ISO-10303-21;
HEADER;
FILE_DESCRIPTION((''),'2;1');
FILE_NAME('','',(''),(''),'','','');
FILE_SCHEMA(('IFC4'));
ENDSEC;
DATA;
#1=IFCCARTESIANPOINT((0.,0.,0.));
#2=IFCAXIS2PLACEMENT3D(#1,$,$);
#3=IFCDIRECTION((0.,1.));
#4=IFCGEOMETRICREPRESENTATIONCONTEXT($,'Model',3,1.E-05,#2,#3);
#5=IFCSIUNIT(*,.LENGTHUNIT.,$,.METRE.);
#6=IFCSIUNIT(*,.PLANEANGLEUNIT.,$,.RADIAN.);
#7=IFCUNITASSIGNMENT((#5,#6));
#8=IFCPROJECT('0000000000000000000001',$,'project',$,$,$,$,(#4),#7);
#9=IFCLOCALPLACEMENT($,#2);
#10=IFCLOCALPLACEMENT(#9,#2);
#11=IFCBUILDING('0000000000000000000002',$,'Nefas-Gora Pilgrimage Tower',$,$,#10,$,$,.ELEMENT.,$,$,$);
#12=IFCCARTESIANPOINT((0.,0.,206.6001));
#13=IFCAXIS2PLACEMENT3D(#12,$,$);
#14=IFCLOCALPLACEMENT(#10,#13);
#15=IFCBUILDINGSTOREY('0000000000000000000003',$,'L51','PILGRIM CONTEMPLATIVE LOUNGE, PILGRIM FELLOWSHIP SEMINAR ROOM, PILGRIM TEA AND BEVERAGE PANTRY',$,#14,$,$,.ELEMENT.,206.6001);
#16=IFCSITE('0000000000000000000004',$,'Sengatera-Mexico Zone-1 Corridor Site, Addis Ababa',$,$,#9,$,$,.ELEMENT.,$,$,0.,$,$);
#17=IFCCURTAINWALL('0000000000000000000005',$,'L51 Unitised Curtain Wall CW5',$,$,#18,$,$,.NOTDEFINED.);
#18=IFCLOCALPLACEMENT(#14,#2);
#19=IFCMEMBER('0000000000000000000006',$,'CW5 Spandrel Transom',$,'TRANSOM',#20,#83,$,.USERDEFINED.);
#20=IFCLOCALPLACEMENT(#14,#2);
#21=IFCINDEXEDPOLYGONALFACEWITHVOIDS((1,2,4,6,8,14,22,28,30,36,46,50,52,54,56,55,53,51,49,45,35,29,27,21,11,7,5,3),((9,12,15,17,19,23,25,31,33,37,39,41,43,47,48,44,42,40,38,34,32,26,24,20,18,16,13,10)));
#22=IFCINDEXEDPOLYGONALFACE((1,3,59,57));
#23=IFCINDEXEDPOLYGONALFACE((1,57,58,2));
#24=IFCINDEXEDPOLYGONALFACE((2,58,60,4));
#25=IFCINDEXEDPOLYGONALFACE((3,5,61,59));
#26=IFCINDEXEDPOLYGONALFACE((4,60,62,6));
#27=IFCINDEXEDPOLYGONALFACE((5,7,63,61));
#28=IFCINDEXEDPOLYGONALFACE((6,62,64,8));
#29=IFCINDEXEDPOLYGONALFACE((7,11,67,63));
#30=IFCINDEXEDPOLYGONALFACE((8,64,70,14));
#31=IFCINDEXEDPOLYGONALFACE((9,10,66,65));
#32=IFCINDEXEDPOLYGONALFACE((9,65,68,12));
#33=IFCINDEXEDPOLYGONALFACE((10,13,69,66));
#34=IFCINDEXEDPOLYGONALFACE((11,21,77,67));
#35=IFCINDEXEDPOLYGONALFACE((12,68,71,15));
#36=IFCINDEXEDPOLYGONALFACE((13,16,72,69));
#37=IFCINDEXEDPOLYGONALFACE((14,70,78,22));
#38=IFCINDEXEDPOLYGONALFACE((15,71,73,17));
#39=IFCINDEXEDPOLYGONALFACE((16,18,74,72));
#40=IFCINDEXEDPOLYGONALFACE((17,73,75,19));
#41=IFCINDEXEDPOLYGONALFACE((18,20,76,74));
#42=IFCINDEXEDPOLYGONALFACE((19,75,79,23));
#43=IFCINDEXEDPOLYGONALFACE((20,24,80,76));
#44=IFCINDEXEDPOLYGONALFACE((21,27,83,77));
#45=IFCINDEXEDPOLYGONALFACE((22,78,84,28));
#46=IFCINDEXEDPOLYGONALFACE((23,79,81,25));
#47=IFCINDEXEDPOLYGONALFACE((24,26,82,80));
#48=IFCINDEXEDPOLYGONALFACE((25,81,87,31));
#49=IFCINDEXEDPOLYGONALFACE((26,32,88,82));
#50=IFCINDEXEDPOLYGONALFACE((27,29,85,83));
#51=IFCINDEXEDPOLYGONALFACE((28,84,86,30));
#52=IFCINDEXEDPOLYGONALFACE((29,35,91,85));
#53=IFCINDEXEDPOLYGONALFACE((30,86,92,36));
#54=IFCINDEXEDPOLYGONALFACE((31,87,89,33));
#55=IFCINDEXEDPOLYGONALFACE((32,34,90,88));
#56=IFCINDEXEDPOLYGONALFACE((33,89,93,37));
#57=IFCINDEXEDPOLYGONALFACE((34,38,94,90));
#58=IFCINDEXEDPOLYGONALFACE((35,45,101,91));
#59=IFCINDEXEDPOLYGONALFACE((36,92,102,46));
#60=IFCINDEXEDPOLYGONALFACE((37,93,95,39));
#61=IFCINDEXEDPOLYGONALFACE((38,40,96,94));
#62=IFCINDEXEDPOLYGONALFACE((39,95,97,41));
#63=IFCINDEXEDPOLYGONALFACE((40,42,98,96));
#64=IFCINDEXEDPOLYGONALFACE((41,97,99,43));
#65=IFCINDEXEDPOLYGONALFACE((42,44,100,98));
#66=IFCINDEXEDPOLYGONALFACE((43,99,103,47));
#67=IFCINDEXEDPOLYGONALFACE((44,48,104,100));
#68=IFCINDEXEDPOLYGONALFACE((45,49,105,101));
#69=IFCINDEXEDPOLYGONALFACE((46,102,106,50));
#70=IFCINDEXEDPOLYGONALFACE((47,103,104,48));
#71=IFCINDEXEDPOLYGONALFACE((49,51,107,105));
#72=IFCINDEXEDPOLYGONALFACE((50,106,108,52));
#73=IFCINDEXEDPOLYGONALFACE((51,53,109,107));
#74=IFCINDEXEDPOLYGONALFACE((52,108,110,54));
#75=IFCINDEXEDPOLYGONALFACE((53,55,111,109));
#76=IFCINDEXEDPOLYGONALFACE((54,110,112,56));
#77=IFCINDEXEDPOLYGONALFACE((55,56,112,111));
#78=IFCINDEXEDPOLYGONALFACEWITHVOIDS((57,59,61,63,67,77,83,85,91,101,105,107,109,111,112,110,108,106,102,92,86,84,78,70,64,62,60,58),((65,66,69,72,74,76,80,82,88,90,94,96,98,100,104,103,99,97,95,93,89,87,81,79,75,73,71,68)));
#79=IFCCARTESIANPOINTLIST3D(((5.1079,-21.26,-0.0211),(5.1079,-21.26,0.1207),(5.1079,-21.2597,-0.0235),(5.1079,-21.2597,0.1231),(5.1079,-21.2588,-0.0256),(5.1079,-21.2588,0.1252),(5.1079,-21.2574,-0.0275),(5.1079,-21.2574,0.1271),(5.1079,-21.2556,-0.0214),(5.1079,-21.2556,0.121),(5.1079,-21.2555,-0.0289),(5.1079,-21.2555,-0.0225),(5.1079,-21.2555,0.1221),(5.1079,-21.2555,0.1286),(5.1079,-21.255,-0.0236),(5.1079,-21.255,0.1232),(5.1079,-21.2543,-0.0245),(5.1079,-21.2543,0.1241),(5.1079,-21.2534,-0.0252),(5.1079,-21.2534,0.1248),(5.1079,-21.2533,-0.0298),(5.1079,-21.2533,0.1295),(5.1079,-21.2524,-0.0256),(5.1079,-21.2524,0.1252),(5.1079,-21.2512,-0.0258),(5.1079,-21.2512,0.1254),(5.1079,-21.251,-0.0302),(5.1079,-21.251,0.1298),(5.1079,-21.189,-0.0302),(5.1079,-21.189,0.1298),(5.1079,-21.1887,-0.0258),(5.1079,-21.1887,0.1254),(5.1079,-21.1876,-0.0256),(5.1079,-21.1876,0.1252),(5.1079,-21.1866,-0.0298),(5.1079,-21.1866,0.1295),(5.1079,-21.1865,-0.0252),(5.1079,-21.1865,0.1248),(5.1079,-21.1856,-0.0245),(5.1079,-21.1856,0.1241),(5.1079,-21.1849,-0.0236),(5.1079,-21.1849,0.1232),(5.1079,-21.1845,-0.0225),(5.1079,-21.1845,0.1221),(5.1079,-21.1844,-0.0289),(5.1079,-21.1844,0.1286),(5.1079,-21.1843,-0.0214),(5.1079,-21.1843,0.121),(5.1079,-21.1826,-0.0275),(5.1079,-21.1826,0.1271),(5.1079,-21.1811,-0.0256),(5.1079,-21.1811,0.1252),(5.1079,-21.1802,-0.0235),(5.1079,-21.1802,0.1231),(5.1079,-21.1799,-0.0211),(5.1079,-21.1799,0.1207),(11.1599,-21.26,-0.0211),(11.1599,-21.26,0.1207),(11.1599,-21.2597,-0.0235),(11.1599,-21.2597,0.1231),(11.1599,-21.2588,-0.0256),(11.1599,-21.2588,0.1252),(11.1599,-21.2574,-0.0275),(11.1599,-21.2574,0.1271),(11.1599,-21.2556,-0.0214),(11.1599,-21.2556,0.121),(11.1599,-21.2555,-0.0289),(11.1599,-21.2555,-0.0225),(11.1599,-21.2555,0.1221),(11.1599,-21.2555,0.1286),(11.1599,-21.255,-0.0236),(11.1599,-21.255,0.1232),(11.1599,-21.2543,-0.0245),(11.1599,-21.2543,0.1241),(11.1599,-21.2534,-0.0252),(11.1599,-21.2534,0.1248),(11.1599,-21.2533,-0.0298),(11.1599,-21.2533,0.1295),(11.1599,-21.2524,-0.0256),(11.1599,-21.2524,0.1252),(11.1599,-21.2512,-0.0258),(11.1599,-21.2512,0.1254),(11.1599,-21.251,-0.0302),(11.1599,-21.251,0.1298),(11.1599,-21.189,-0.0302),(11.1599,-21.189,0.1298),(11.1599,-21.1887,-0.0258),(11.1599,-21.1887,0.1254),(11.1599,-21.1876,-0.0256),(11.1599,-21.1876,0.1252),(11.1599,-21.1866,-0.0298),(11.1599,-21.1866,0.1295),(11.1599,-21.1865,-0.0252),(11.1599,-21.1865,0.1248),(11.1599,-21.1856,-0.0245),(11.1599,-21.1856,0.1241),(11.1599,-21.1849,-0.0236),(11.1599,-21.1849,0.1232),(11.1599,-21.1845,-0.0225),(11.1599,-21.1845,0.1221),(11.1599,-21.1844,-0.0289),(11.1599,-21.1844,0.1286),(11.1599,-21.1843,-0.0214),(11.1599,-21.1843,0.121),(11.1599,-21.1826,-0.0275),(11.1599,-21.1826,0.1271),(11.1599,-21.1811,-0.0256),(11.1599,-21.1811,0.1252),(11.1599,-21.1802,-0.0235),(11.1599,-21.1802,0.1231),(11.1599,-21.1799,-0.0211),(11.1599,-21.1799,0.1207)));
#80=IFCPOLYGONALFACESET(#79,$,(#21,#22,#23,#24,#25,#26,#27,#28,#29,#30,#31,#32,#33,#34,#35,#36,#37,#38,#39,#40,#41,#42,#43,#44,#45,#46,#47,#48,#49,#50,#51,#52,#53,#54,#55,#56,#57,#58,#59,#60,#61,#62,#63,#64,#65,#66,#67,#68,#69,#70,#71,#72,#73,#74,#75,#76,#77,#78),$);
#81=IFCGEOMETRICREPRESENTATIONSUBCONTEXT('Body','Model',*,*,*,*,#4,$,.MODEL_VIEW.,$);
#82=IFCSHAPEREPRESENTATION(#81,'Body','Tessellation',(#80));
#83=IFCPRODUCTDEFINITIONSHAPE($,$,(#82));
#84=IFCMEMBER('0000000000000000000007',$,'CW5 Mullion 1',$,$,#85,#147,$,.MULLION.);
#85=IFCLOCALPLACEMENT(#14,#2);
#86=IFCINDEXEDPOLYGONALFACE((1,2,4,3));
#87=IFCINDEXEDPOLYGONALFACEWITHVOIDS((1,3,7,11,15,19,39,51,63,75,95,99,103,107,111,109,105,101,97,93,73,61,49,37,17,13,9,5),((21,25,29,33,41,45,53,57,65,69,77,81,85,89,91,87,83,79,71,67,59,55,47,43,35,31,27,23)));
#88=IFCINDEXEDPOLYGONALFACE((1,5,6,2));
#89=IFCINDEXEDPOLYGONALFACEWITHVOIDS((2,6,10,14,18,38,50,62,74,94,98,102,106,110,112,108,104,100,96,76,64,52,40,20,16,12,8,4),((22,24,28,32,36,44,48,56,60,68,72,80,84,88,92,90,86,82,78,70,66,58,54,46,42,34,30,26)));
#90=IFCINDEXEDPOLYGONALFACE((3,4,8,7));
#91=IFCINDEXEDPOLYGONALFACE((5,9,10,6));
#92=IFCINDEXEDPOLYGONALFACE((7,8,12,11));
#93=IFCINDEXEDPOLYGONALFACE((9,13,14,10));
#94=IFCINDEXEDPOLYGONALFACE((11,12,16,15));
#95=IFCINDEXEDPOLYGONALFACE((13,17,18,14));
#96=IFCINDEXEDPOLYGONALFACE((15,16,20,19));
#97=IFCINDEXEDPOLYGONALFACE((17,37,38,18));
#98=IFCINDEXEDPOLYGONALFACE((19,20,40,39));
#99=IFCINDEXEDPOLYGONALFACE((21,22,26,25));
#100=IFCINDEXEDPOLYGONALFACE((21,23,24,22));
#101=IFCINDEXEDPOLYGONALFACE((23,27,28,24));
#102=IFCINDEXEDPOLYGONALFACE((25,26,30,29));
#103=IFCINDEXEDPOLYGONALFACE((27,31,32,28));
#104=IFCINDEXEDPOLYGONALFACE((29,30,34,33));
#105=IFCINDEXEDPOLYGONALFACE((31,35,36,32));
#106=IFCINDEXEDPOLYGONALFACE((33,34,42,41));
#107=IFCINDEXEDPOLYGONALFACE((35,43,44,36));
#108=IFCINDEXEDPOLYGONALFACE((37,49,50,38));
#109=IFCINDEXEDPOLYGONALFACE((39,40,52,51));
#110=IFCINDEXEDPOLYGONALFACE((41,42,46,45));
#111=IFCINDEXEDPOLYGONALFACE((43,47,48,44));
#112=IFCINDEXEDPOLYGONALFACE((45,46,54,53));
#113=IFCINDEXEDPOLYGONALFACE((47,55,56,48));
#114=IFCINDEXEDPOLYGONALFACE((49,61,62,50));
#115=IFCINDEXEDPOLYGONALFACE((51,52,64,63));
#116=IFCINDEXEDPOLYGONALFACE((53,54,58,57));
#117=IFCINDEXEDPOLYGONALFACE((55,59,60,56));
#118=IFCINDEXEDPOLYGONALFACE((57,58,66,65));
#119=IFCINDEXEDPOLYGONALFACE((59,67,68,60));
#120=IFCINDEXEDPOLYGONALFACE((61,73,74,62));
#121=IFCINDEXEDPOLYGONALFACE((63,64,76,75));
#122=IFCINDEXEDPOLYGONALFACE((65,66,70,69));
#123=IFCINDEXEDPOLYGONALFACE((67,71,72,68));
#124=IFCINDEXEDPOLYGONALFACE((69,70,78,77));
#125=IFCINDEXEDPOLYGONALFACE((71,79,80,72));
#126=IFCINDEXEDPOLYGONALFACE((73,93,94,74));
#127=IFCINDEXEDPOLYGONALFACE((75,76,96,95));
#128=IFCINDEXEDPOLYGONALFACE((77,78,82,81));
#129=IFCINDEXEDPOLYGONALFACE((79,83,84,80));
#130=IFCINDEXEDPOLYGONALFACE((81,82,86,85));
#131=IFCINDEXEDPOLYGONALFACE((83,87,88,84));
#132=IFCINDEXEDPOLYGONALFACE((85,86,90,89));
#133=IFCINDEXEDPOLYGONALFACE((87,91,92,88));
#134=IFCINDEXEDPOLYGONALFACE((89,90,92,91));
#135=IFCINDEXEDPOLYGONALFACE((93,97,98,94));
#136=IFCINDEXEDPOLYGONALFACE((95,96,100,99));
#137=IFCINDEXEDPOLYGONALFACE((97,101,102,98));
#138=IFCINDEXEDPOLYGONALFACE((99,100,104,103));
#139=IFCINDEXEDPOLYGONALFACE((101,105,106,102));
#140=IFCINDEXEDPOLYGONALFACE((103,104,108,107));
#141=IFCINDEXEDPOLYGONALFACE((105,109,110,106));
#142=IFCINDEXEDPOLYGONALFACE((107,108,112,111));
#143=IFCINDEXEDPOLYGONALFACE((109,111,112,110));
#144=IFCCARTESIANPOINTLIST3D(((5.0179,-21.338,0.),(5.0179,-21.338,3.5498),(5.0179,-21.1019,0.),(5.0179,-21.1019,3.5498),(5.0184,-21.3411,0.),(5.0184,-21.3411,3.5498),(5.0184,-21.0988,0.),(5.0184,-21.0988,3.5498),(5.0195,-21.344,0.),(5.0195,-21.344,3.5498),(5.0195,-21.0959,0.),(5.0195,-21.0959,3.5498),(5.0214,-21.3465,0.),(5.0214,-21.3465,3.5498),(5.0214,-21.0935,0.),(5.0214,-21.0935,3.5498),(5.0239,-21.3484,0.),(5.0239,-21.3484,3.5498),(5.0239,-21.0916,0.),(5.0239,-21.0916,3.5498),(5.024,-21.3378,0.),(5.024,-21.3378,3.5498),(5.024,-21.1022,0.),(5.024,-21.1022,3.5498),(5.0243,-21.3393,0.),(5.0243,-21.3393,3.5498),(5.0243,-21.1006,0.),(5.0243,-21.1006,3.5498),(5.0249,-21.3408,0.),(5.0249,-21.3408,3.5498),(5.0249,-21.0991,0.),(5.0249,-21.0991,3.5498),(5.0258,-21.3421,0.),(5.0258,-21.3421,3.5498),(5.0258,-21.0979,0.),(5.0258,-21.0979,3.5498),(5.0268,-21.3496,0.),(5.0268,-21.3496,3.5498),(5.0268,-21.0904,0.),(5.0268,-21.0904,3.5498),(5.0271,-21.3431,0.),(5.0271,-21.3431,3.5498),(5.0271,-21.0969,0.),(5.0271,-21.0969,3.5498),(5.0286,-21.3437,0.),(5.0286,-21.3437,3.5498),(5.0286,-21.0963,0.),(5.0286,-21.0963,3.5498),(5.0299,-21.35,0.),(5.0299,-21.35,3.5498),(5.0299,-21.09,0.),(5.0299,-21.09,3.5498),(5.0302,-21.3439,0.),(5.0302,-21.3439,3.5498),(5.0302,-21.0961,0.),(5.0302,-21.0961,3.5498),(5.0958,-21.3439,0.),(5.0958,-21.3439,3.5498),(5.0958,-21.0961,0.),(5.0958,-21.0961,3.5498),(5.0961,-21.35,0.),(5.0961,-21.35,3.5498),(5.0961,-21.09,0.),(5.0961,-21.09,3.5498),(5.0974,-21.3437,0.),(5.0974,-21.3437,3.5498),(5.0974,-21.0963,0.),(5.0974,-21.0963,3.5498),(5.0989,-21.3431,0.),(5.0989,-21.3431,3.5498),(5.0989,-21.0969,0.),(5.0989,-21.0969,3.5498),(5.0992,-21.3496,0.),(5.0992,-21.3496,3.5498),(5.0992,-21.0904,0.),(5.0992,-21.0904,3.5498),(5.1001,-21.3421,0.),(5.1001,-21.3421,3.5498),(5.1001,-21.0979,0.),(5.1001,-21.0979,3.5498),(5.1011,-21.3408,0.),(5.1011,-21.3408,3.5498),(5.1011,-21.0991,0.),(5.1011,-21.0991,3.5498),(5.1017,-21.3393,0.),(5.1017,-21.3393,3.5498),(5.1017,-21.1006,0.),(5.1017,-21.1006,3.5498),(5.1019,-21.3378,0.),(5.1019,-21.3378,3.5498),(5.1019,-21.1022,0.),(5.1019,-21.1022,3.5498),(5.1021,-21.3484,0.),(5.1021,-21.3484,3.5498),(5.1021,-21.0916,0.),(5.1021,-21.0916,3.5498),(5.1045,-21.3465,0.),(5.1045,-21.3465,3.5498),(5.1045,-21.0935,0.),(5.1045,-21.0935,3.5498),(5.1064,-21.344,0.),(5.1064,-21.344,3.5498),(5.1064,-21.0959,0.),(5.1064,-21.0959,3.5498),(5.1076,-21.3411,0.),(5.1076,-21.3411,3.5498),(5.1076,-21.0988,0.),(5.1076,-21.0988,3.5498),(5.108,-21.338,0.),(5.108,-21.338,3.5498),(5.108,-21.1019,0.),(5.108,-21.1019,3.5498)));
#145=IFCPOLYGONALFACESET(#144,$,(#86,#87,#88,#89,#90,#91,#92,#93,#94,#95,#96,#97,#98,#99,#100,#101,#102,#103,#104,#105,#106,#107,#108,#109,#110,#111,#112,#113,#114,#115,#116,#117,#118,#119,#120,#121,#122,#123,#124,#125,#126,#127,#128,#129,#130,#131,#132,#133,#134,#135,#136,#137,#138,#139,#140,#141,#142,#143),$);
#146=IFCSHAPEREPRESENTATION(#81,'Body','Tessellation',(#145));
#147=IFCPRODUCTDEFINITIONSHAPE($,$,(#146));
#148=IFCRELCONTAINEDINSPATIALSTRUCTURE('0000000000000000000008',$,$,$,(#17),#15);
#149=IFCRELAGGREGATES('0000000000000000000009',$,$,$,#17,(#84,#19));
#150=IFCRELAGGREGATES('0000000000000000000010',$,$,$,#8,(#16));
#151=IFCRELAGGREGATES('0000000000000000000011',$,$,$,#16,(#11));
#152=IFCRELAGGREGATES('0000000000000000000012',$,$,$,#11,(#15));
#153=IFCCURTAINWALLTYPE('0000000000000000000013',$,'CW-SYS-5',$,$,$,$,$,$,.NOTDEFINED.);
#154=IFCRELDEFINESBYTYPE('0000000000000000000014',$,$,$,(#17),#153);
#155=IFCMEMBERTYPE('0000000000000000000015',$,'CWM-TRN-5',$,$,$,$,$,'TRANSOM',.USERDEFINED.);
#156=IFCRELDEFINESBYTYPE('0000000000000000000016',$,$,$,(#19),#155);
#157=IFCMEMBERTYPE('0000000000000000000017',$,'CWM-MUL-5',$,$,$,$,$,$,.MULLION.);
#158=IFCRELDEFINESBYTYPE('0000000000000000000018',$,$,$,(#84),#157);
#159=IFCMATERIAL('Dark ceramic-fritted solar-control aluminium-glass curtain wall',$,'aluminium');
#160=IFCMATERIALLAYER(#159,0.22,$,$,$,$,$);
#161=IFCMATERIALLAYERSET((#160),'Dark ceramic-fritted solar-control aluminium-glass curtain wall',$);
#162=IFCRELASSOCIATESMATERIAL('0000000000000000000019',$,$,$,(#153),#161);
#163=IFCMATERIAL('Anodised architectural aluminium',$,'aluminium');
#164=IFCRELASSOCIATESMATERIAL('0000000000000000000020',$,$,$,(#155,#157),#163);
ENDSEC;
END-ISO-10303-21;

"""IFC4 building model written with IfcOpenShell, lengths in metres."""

from ifc_helpers import new_model, si_unit, direction, frame, origin, origin_2d, place, context, subcontext, project, spatial, hollow_rectangle, extrude, source, transform, mapped, material, layer, layer_set, material_profile, profile_set, type_object, element, aggregate, save


model = new_model("IFC4")

# Units and contexts
model_context = context("Model", 3, precision=1e-05, world=origin(), true_north=direction((0.0, 1.0)))
body_context = subcontext(model_context, "Body", "Model", "MODEL_VIEW")
ifc_project = project(units=[si_unit("LENGTHUNIT", "METRE"), si_unit("PLANEANGLEUNIT", "RADIAN")], contexts=[model_context])

# Site, building, storey
site_placement = place(None, origin())
site = spatial("IfcSite", under=ifc_project, at=site_placement, Name="Sengatera-Mexico Zone-1 Corridor Site, Addis Ababa", CompositionType="ELEMENT", RefElevation=0.0)
building_placement = place(site_placement, origin())
building = spatial("IfcBuilding", under=site, at=building_placement, Name="Nefas-Gora Pilgrimage Tower", CompositionType="ELEMENT")
storey_placement = place(building_placement, frame((0.0, 0.0, 206.6001)))
storey = spatial("IfcBuildingStorey", under=building, at=storey_placement, Name="L51", Description="PILGRIM CONTEMPLATIVE LOUNGE, PILGRIM FELLOWSHIP SEMINAR ROOM, PILGRIM TEA AND BEVERAGE PANTRY", CompositionType="ELEMENT", Elevation=206.6001)

# Curtain wall, members
ifc_material_1 = material(Name="Dark ceramic-fritted solar-control aluminium-glass curtain wall", Category="aluminium")
ifc_layer_1 = layer(ifc_material_1, 0.22)
ifc_layer_set_1 = layer_set([ifc_layer_1], Name="Dark ceramic-fritted solar-control aluminium-glass curtain wall")
curtain_wall_type = type_object("IfcCurtainWallType", Name="CW-SYS-5", PredefinedType="NOTDEFINED", material=ifc_layer_set_1)
curtain_wall_1_placement = place(storey_placement, origin())
curtain_wall_1 = element("IfcCurtainWall", 1, at=curtain_wall_1_placement, inside=storey, type_object=curtain_wall_type, Name="L51 Unitised Curtain Wall CW5", PredefinedType="NOTDEFINED")
ifc_material_2 = material(Name="Anodised architectural aluminium", Category="aluminium")
ifc_material_profile_1 = material_profile(ifc_material_2, hollow_rectangle(XDim=0.0801, YDim=0.1599, WallThickness=0.0044, InnerFilletRadius=0.0044, OuterFilletRadius=0.009, at=origin_2d()), Name="ALU TRANSOM 80x160")
ifc_profile_set_1 = profile_set([ifc_material_profile_1], Name="Anodised architectural aluminium")
member_type_1 = type_object("IfcMemberType", Name="CWM-TRN-5", ElementType="TRANSOM", PredefinedType="USERDEFINED", material=ifc_profile_set_1)
shared_shape_1 = source(origin(), body_context, "Body", "SweptSolid", [
    extrude(hollow_rectangle(XDim=0.0801, YDim=0.1599, WallThickness=0.0044, InnerFilletRadius=0.0044, OuterFilletRadius=0.009, at=origin_2d()), origin(), (0.0, 0.0, 1.0), 6.052),
])
member_1_placement = place(storey_placement, frame((5.1079, -21.22, 0.0498), z_axis=(1.0, 0.0, 0.0), x_axis=(0.0, 1.0, 0.0)))
member_1 = element("IfcMember", 2, at=member_1_placement, type_object=member_type_1, Name="CW5 Spandrel Transom", ObjectType="TRANSOM", PredefinedType="USERDEFINED", context=body_context, shape_type="MappedRepresentation", body=[
    mapped(shared_shape_1, transform((0.0, 0.0, 0.0), x_axis=(1.0, 0.0, 0.0), y_axis=(0.0, 1.0, 0.0), z_axis=(0.0, 0.0, 1.0), scale=1.0)),
])
ifc_material_profile_2 = material_profile(ifc_material_2, hollow_rectangle(XDim=0.0901, YDim=0.26, WallThickness=0.0061, InnerFilletRadius=0.0061, OuterFilletRadius=0.012, at=origin_2d()), Name="ALU MULLION 90x260")
ifc_profile_set_2 = profile_set([ifc_material_profile_2], Name="Anodised architectural aluminium")
member_type_2 = type_object("IfcMemberType", Name="CWM-MUL-5", PredefinedType="MULLION", material=ifc_profile_set_2)
shared_shape_2 = source(origin(), body_context, "Body", "SweptSolid", [
    extrude(hollow_rectangle(XDim=0.0901, YDim=0.26, WallThickness=0.0061, InnerFilletRadius=0.0061, OuterFilletRadius=0.012, at=origin_2d()), origin(), (0.0, 0.0, 1.0), 3.5498),
])
member_2_placement = place(storey_placement, frame((5.063, -21.22, 0.0), z_axis=(0.0, 0.0, 1.0), x_axis=(1.0, 0.0, 0.0)))
member_2 = element("IfcMember", 3, at=member_2_placement, type_object=member_type_2, Name="CW5 Mullion 1", PredefinedType="MULLION", context=body_context, shape_type="MappedRepresentation", body=[
    mapped(shared_shape_2, transform((0.0, 0.0, 0.0), x_axis=(1.0, 0.0, 0.0), y_axis=(0.0, 1.0, 0.0), z_axis=(0.0, 0.0, 1.0), scale=1.0)),
])

aggregate(curtain_wall_1, [member_2, member_1])

save(model, "model.ifc")
